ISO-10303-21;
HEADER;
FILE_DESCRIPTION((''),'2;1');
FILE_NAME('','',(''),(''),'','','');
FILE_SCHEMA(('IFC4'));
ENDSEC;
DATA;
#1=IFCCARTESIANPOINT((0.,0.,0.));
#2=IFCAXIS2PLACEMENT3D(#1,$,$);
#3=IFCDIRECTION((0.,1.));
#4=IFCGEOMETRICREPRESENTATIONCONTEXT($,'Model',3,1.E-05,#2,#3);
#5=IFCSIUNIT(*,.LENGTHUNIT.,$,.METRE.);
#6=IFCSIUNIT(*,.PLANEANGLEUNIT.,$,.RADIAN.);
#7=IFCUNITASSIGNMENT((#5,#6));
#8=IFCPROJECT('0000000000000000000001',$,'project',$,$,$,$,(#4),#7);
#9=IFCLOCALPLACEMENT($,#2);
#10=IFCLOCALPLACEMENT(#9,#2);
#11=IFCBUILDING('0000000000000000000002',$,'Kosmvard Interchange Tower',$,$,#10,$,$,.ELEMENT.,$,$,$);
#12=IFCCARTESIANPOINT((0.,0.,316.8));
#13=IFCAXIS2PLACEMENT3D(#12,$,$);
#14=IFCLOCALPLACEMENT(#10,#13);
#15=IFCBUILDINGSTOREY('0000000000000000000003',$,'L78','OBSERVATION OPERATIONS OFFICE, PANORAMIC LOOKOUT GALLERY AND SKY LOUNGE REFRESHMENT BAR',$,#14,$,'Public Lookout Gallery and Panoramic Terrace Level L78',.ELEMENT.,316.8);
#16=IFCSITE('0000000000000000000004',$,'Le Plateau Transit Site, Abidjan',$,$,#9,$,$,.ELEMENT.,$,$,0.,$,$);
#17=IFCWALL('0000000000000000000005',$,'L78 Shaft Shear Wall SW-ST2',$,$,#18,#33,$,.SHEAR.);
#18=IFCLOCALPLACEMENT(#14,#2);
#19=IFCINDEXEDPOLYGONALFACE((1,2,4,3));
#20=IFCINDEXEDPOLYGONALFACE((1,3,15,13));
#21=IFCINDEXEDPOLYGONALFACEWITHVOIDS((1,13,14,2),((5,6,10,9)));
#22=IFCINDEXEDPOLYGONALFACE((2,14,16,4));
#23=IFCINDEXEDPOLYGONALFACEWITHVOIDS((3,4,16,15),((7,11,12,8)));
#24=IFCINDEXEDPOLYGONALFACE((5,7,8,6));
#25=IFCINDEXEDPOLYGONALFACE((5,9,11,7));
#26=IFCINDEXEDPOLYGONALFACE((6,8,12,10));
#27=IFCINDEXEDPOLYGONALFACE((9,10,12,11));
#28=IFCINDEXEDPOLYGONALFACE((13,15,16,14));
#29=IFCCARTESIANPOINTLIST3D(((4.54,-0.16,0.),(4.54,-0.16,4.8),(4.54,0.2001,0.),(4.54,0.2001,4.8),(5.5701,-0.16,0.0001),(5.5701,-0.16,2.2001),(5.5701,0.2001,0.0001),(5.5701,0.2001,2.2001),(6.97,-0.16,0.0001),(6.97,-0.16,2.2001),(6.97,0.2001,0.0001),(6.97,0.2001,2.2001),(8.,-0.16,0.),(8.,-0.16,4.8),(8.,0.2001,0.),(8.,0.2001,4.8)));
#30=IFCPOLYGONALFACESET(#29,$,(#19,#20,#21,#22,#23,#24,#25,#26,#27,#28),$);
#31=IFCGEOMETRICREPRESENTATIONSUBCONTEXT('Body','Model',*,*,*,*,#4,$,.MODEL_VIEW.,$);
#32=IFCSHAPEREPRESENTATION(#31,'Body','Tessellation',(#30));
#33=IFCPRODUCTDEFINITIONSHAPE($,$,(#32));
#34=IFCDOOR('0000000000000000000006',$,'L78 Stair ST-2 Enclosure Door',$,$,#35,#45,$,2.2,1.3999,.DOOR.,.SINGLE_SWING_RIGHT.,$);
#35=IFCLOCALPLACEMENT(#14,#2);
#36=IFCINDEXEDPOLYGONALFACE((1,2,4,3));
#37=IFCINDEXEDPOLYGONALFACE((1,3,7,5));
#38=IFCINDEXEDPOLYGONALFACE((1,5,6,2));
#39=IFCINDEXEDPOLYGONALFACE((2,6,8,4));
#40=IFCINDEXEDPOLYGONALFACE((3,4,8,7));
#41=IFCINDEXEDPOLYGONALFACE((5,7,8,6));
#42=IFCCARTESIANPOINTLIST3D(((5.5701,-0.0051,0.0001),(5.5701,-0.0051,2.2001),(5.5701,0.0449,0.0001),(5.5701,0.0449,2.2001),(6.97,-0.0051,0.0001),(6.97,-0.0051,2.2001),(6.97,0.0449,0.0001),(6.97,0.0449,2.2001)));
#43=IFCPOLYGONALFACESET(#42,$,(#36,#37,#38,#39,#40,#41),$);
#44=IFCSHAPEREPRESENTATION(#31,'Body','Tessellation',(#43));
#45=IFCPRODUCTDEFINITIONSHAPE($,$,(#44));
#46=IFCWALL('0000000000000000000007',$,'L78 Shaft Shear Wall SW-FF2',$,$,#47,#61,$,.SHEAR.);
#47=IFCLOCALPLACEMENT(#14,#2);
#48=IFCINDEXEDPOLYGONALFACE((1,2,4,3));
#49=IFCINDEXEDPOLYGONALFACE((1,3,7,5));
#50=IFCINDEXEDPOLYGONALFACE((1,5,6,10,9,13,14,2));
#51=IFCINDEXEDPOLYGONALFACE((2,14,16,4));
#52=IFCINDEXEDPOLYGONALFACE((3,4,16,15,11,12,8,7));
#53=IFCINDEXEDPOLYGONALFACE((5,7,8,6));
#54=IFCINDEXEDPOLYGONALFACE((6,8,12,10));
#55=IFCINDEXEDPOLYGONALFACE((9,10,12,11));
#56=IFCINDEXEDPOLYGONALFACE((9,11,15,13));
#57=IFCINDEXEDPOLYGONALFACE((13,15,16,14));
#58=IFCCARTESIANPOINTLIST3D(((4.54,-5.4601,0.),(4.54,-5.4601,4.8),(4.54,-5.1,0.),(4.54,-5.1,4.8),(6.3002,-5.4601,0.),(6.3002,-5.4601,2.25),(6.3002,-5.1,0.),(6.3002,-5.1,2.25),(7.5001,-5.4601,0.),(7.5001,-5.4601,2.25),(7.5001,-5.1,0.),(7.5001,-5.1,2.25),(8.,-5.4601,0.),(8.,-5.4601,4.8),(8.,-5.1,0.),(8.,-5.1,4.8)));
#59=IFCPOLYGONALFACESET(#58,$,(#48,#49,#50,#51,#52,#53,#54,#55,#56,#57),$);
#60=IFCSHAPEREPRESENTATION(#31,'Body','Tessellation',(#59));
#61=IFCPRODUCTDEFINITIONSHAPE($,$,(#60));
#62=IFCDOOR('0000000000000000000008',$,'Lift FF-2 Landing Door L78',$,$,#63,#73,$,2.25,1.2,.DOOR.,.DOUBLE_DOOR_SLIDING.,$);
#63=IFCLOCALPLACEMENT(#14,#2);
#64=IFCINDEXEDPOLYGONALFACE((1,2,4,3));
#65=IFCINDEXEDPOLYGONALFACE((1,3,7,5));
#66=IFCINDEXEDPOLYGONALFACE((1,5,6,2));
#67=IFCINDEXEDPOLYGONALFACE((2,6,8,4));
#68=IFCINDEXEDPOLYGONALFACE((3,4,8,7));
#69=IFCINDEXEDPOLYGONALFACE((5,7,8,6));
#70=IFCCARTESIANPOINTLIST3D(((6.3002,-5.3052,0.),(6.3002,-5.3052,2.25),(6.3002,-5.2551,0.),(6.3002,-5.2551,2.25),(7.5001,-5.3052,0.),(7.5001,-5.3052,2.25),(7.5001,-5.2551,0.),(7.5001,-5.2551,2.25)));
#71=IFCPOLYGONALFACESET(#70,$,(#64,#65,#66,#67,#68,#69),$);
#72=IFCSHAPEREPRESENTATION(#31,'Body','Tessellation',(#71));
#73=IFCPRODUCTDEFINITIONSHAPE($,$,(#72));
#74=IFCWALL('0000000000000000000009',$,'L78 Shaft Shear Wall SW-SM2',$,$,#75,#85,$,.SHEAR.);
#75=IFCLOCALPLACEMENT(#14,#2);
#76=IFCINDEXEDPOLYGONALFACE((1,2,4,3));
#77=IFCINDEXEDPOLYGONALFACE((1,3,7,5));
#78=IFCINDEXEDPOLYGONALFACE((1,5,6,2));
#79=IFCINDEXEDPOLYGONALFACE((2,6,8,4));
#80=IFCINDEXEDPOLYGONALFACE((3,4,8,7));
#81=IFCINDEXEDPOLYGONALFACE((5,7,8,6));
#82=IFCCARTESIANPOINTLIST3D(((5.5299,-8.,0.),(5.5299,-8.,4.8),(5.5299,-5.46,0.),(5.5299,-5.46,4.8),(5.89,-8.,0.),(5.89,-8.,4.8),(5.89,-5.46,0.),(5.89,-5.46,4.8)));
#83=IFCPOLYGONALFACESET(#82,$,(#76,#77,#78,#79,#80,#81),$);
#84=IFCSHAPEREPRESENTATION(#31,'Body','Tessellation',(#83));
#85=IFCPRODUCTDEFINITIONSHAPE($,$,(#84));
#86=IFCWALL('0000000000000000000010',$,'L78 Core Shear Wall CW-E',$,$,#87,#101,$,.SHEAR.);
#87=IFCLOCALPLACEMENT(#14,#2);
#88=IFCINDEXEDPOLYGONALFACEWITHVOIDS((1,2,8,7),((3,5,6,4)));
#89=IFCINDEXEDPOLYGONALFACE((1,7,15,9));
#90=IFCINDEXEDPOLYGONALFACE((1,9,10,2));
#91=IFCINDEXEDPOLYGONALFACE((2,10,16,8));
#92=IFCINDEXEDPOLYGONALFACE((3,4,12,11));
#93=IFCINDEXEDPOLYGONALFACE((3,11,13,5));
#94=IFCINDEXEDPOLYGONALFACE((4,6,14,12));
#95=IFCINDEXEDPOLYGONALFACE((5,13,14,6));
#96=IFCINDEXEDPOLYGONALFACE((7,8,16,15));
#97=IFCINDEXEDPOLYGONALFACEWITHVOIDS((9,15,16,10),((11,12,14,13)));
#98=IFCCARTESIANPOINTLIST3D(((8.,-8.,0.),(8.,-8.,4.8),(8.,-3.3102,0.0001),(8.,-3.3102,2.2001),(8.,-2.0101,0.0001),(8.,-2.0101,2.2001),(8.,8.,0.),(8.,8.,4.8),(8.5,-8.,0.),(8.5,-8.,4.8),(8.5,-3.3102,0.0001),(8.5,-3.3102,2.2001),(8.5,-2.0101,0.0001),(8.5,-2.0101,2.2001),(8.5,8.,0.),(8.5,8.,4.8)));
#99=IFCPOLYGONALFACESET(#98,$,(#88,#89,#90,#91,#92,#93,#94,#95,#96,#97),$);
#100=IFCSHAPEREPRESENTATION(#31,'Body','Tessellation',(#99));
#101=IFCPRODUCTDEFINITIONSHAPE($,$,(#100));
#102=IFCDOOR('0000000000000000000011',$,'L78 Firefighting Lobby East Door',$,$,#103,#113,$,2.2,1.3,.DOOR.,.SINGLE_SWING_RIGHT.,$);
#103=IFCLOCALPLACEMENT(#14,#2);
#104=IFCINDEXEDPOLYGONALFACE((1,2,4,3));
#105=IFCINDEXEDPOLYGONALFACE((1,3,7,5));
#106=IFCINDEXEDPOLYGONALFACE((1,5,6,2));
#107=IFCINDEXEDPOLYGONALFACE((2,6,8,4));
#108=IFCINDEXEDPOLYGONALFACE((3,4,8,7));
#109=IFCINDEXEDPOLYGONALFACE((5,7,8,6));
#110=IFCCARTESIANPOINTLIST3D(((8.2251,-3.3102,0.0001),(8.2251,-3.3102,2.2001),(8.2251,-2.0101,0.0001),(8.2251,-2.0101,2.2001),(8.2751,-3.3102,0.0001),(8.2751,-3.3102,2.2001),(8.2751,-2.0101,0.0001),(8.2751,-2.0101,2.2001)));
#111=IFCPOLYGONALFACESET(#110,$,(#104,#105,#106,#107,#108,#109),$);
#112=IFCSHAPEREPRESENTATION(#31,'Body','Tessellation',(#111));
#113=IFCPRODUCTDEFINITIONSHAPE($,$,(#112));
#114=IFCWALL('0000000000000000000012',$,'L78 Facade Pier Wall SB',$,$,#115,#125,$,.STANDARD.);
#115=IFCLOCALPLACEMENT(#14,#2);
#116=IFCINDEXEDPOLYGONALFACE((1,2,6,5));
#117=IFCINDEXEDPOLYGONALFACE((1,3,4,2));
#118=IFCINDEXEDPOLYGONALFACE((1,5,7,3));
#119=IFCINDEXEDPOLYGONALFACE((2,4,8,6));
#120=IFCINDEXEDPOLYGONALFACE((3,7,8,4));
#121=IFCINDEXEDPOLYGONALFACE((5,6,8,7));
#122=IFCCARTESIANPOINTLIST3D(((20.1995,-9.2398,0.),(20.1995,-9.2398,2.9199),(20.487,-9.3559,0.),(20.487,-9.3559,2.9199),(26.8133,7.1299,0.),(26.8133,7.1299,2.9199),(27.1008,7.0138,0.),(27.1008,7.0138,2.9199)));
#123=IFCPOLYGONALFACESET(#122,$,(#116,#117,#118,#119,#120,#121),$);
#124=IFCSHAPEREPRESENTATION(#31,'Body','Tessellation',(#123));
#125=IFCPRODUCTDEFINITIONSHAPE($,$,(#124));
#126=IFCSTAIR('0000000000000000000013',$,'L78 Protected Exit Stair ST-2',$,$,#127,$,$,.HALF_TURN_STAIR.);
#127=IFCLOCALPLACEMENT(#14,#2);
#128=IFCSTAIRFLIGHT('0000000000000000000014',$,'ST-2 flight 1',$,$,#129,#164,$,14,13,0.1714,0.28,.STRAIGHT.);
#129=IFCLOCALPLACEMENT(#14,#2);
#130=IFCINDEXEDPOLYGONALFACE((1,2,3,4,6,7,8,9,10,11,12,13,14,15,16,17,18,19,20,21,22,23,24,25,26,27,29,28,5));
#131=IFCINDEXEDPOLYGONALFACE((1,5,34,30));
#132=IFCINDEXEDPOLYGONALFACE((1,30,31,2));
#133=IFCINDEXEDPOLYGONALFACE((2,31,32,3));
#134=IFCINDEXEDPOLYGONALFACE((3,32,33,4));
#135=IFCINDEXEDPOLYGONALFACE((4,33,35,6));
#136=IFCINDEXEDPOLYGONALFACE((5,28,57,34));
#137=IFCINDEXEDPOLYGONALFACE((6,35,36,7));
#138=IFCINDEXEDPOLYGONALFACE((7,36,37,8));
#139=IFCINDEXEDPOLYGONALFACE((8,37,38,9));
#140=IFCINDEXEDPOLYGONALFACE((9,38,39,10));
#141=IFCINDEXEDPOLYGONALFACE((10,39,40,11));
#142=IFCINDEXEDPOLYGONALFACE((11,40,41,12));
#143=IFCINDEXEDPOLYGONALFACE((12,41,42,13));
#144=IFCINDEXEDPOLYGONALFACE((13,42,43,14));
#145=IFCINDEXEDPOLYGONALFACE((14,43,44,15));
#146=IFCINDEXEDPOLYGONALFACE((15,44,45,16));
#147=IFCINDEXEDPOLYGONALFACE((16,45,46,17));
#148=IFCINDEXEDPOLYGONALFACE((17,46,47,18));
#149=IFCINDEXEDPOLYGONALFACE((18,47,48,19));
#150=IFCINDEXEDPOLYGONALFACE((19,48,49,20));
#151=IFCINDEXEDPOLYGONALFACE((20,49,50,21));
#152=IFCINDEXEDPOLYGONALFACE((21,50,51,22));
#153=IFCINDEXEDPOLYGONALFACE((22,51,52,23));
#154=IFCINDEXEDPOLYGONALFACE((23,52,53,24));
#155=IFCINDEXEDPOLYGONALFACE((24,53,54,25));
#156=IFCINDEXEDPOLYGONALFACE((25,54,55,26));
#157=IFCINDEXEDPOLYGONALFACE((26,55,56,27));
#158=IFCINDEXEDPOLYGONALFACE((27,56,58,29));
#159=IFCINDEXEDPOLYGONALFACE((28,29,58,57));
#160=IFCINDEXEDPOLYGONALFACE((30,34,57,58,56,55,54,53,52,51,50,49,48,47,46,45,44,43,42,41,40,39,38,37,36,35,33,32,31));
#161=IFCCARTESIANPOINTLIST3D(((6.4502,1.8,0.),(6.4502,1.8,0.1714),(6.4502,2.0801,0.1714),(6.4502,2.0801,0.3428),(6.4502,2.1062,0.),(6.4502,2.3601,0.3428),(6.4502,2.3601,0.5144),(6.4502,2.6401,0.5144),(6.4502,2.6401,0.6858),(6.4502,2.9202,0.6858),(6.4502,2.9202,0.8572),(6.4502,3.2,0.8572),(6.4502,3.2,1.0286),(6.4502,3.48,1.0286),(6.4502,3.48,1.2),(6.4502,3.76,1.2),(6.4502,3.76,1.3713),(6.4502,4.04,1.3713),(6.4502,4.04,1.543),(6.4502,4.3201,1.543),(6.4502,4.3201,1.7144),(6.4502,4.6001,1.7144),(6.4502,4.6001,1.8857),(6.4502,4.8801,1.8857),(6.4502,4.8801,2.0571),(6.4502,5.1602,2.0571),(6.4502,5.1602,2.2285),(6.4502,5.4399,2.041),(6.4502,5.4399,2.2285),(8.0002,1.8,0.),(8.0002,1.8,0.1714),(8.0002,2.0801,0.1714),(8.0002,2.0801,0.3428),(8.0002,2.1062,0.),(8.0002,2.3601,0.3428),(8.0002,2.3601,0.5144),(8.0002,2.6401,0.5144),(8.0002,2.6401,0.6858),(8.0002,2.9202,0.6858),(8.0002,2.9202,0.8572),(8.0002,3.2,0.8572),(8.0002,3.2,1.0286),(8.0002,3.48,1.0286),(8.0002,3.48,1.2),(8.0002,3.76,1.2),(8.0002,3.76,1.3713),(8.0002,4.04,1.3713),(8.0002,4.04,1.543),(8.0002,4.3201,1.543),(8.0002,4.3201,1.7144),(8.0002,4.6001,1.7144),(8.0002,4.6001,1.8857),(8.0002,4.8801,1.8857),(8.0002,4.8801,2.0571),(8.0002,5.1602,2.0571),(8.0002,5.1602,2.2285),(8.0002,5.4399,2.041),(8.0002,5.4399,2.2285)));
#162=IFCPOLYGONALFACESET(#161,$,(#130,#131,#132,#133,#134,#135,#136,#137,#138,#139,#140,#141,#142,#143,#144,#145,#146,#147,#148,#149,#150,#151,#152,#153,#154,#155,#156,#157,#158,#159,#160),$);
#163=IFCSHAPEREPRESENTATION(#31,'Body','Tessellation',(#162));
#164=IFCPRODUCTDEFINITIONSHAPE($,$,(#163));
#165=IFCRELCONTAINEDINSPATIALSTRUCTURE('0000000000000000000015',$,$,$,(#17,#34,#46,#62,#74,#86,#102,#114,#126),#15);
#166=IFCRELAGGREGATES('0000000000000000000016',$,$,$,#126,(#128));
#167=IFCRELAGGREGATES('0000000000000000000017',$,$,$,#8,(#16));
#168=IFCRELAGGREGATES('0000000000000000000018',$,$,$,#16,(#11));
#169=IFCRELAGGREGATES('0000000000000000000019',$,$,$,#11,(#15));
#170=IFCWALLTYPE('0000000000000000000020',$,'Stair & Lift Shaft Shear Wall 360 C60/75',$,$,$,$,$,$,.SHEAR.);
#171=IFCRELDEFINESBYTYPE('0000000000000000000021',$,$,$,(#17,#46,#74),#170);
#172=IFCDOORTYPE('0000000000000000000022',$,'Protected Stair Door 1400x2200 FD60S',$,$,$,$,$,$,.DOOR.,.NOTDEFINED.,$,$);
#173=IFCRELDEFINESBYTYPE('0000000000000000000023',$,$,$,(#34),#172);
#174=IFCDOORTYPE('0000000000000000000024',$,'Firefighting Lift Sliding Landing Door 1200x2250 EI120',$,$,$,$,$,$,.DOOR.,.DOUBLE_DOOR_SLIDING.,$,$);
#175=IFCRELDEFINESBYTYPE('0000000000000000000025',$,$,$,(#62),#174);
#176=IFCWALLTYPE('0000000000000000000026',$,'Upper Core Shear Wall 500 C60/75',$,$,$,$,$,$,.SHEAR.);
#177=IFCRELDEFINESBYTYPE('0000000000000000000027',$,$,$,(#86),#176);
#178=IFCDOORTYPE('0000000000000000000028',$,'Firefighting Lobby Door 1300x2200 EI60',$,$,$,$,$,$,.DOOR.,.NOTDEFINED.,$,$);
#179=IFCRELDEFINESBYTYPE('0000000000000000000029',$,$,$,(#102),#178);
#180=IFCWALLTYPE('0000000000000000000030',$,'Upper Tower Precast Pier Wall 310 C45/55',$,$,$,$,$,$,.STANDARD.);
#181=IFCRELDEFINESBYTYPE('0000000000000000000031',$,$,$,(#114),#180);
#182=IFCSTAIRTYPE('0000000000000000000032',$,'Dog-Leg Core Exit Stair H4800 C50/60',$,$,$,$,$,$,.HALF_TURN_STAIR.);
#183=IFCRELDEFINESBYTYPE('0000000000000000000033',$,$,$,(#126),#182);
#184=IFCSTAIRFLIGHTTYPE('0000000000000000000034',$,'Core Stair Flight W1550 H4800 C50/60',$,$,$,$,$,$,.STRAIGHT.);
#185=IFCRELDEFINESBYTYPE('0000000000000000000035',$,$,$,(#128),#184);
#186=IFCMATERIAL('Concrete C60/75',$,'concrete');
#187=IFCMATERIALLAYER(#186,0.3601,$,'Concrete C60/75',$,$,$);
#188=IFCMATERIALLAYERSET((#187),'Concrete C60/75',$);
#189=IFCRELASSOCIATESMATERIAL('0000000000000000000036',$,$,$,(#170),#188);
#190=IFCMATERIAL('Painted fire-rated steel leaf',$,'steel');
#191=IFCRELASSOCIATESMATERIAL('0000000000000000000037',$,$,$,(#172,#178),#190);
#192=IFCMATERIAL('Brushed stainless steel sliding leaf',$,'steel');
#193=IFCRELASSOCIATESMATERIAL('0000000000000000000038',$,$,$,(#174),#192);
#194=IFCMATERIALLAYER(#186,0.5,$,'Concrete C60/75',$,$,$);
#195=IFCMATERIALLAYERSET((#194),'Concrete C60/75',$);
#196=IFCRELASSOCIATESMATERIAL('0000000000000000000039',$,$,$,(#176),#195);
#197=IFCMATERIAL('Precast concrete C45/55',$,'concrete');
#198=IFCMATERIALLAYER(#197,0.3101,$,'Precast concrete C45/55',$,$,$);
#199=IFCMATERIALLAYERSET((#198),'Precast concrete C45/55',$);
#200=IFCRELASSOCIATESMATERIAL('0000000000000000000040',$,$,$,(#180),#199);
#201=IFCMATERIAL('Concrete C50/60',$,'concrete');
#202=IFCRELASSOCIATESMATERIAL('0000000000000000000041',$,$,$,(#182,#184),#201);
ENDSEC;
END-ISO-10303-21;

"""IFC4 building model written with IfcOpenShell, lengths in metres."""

from ifc_helpers import new_model, si_unit, direction, frame, frame_2d, origin, place, context, subcontext, project, spatial, polyline, rectangle, outline, extrude, source, transform, mapped, material, layer, layer_set, type_object, element, fill, aggregate, save


model = new_model("IFC4")

# Units and contexts
model_context = context("Model", 3, precision=1e-05, world=origin(), true_north=direction((0.0, 1.0)))
body_context = subcontext(model_context, "Body", "Model", "MODEL_VIEW")
ifc_project = project(units=[si_unit("LENGTHUNIT", "METRE"), si_unit("PLANEANGLEUNIT", "RADIAN")], contexts=[model_context])

# Site, building, storey
site_placement = place(None, origin())
site = spatial("IfcSite", under=ifc_project, at=site_placement, Name="Le Plateau Transit Site, Abidjan", CompositionType="ELEMENT", RefElevation=0.0)
building_placement = place(site_placement, origin())
building = spatial("IfcBuilding", under=site, at=building_placement, Name="Kosmvard Interchange Tower", CompositionType="ELEMENT")
storey_placement = place(building_placement, frame((0.0, 0.0, 316.8)))
storey = spatial("IfcBuildingStorey", under=building, at=storey_placement, Name="L78", Description="OBSERVATION OPERATIONS OFFICE, PANORAMIC LOOKOUT GALLERY AND SKY LOUNGE REFRESHMENT BAR", LongName="Public Lookout Gallery and Panoramic Terrace Level L78", CompositionType="ELEMENT", Elevation=316.8)

# Shared definitions
ifc_material_1 = material(Name="Concrete C50/60", Category="concrete")

# Shared definitions
ifc_material_2 = material(Name="Concrete C60/75", Category="concrete")
ifc_layer_1 = layer(ifc_material_2, 0.3601, Name="Concrete C60/75")
ifc_layer_set_1 = layer_set([ifc_layer_1], Name="Concrete C60/75")
wall_type_1 = type_object("IfcWallType", Name="Stair & Lift Shaft Shear Wall 360 C60/75", PredefinedType="SHEAR", material=ifc_layer_set_1)

# Walls, openings, doors
wall_1_placement = place(storey_placement, frame((4.54, 0.02, 0.0), z_axis=(0.0, 0.0, 1.0), x_axis=(1.0, 0.0, 0.0)))
wall_1 = element("IfcWall", 1, at=wall_1_placement, inside=storey, type_object=wall_type_1, Name="L78 Shaft Shear Wall SW-ST2", PredefinedType="SHEAR", context=body_context, shape_type="SweptSolid", body=[
    extrude(rectangle(XDim=3.46, YDim=0.3601, at=frame_2d((1.73, 0.0))), origin(), (0.0, 0.0, 1.0), 4.8),
])
opening_1_placement = place(wall_1_placement, frame((1.03, 0.0, 0.0)))
opening_1 = element("IfcOpeningElement", 2, at=opening_1_placement, cuts=wall_1, PredefinedType="OPENING", context=body_context, shape_type="SweptSolid", body=[
    extrude(rectangle(XDim=1.3999, YDim=2.2, at=frame_2d((0.7, 1.1001))), frame((0.0, 0.1899, 0.0), z_axis=(0.0, -1.0, 0.0), x_axis=(1.0, 0.0, 0.0)), (0.0, 0.0, 1.0), 0.3801),
])
ifc_material_3 = material(Name="Painted fire-rated steel leaf", Category="steel")
door_type_1 = type_object("IfcDoorType", Name="Protected Stair Door 1400x2200 FD60S", OperationType="NOTDEFINED", PredefinedType="DOOR", material=ifc_material_3)
shared_shape_1 = source(origin(), body_context, "Body", "SweptSolid", [
    extrude(rectangle(XDim=1.3999, YDim=2.2, at=frame_2d((0.7, 1.1001))), frame((0.0, 0.0249, 0.0), z_axis=(0.0, -1.0, 0.0), x_axis=(1.0, 0.0, 0.0)), (0.0, 0.0, 1.0), 0.05),
])
door_1_placement = place(opening_1_placement, origin())
door_1 = element("IfcDoor", 3, at=door_1_placement, inside=storey, type_object=door_type_1, Name="L78 Stair ST-2 Enclosure Door", OperationType="SINGLE_SWING_RIGHT", OverallHeight=2.2, OverallWidth=1.3999, PredefinedType="DOOR", context=body_context, shape_type="MappedRepresentation", body=[
    mapped(shared_shape_1, transform((0.0, 0.0, 0.0), scale=1.0)),
])
fill(opening_1, door_1)
wall_2_placement = place(storey_placement, frame((4.54, -5.28, 0.0), z_axis=(0.0, 0.0, 1.0), x_axis=(1.0, 0.0, 0.0)))
wall_2 = element("IfcWall", 4, at=wall_2_placement, inside=storey, type_object=wall_type_1, Name="L78 Shaft Shear Wall SW-FF2", PredefinedType="SHEAR", context=body_context, shape_type="SweptSolid", body=[
    extrude(rectangle(XDim=3.46, YDim=0.3601, at=frame_2d((1.73, 0.0))), origin(), (0.0, 0.0, 1.0), 4.8),
])
opening_2_placement = place(wall_2_placement, frame((1.76, 0.0, 0.0)))
opening_2 = element("IfcOpeningElement", 5, at=opening_2_placement, cuts=wall_2, PredefinedType="OPENING", context=body_context, shape_type="SweptSolid", body=[
    extrude(rectangle(XDim=1.2, YDim=2.25, at=frame_2d((0.6001, 1.125))), frame((0.0, 0.1899, 0.0), z_axis=(0.0, -1.0, 0.0), x_axis=(1.0, 0.0, 0.0)), (0.0, 0.0, 1.0), 0.3801),
])
ifc_material_4 = material(Name="Brushed stainless steel sliding leaf", Category="steel")
door_type_2 = type_object("IfcDoorType", Name="Firefighting Lift Sliding Landing Door 1200x2250 EI120", OperationType="DOUBLE_DOOR_SLIDING", PredefinedType="DOOR", material=ifc_material_4)
shared_shape_2 = source(origin(), body_context, "Body", "SweptSolid", [
    extrude(rectangle(XDim=1.2, YDim=2.25, at=frame_2d((0.6001, 1.125))), frame((0.0, 0.0249, 0.0), z_axis=(0.0, -1.0, 0.0), x_axis=(1.0, 0.0, 0.0)), (0.0, 0.0, 1.0), 0.05),
])
door_2_placement = place(opening_2_placement, origin())
door_2 = element("IfcDoor", 6, at=door_2_placement, inside=storey, type_object=door_type_2, Name="Lift FF-2 Landing Door L78", OperationType="DOUBLE_DOOR_SLIDING", OverallHeight=2.25, OverallWidth=1.2, PredefinedType="DOOR", context=body_context, shape_type="MappedRepresentation", body=[
    mapped(shared_shape_2, transform((0.0, 0.0, 0.0), scale=1.0)),
])
fill(opening_2, door_2)

# Wall
wall_3_placement = place(storey_placement, frame((5.71, -8.0, 0.0), z_axis=(0.0, 0.0, 1.0), x_axis=(0.0, 1.0, 0.0)))
element("IfcWall", 7, at=wall_3_placement, inside=storey, type_object=wall_type_1, Name="L78 Shaft Shear Wall SW-SM2", PredefinedType="SHEAR", context=body_context, shape_type="SweptSolid", body=[
    extrude(rectangle(XDim=2.54, YDim=0.3601, at=frame_2d((1.27, 0.0))), origin(), (0.0, 0.0, 1.0), 4.8),
])

# Wall, opening, door
ifc_layer_2 = layer(ifc_material_2, 0.5, Name="Concrete C60/75")
ifc_layer_set_2 = layer_set([ifc_layer_2], Name="Concrete C60/75")
wall_type_2 = type_object("IfcWallType", Name="Upper Core Shear Wall 500 C60/75", PredefinedType="SHEAR", material=ifc_layer_set_2)
wall_4_placement = place(storey_placement, frame((8.25, -8.0, 0.0), z_axis=(0.0, 0.0, 1.0), x_axis=(0.0, 1.0, 0.0)))
wall_4 = element("IfcWall", 8, at=wall_4_placement, inside=storey, type_object=wall_type_2, Name="L78 Core Shear Wall CW-E", PredefinedType="SHEAR", context=body_context, shape_type="SweptSolid", body=[
    extrude(rectangle(XDim=16.0, YDim=0.5, at=frame_2d((8.0, 0.0))), origin(), (0.0, 0.0, 1.0), 4.8),
])
opening_3_placement = place(wall_4_placement, frame((4.6899, 0.0, 0.0)))
opening_3 = element("IfcOpeningElement", 9, at=opening_3_placement, cuts=wall_4, PredefinedType="OPENING", context=body_context, shape_type="SweptSolid", body=[
    extrude(rectangle(XDim=1.3, YDim=2.2, at=frame_2d((0.6499, 1.1001))), frame((0.0, 0.26, 0.0), z_axis=(0.0, -1.0, 0.0), x_axis=(1.0, 0.0, 0.0)), (0.0, 0.0, 1.0), 0.52),
])
door_type_3 = type_object("IfcDoorType", Name="Firefighting Lobby Door 1300x2200 EI60", OperationType="NOTDEFINED", PredefinedType="DOOR", material=ifc_material_3)
shared_shape_3 = source(origin(), body_context, "Body", "SweptSolid", [
    extrude(rectangle(XDim=1.3, YDim=2.2, at=frame_2d((0.6499, 1.1001))), frame((0.0, 0.0249, 0.0), z_axis=(0.0, -1.0, 0.0), x_axis=(1.0, 0.0, 0.0)), (0.0, 0.0, 1.0), 0.05),
])
door_3_placement = place(opening_3_placement, origin())
door_3 = element("IfcDoor", 10, at=door_3_placement, inside=storey, type_object=door_type_3, Name="L78 Firefighting Lobby East Door", OperationType="SINGLE_SWING_RIGHT", OverallHeight=2.2, OverallWidth=1.3, PredefinedType="DOOR", context=body_context, shape_type="MappedRepresentation", body=[
    mapped(shared_shape_3, transform((0.0, 0.0, 0.0), scale=1.0)),
])
fill(opening_3, door_3)

# Wall
ifc_material_5 = material(Name="Precast concrete C45/55", Category="concrete")
ifc_layer_3 = layer(ifc_material_5, 0.3101, Name="Precast concrete C45/55")
ifc_layer_set_3 = layer_set([ifc_layer_3], Name="Precast concrete C45/55")
wall_type_3 = type_object("IfcWallType", Name="Upper Tower Precast Pier Wall 310 C45/55", PredefinedType="STANDARD", material=ifc_layer_set_3)
wall_5_placement = place(storey_placement, frame((20.3433, -9.2979, 0.0), z_axis=(0.0, 0.0, 1.0), x_axis=(0.374607, 0.927184, 0.0)))
element("IfcWall", 11, at=wall_5_placement, inside=storey, type_object=wall_type_3, Name="L78 Facade Pier Wall SB", PredefinedType="STANDARD", context=body_context, shape_type="SweptSolid", body=[
    extrude(rectangle(XDim=17.6553, YDim=0.3101, at=frame_2d((8.8276, 0.0))), origin(), (0.0, 0.0, 1.0), 2.9199),
])

# Stair, stair flight
stair_type = type_object("IfcStairType", Name="Dog-Leg Core Exit Stair H4800 C50/60", PredefinedType="HALF_TURN_STAIR", material=ifc_material_1)
stair_placement = place(storey_placement, origin())
stair = element("IfcStair", 12, at=stair_placement, inside=storey, type_object=stair_type, Name="L78 Protected Exit Stair ST-2", PredefinedType="HALF_TURN_STAIR")
stair_flight_type = type_object("IfcStairFlightType", Name="Core Stair Flight W1550 H4800 C50/60", PredefinedType="STRAIGHT", material=ifc_material_1)
shared_shape_4 = source(origin(), body_context, "Body", "SweptSolid", [
    extrude(outline(polyline([(0.0, 0.0), (0.0, 0.1714), (0.28, 0.1714), (0.28, 0.3428), (0.5601, 0.3428), (0.5601, 0.5144), (0.8401, 0.5144), (0.8401, 0.6858), (1.1201, 0.6858), (1.1201, 0.8572), (1.3999, 0.8572), (1.3999, 1.0286), (1.6799, 1.0286), (1.6799, 1.2), (1.96, 1.2), (1.96, 1.3713), (2.24, 1.3713), (2.24, 1.543), (2.52, 1.543), (2.52, 1.7144), (2.8, 1.7144), (2.8, 1.8857), (3.0801, 1.8857), (3.0801, 2.0571), (3.3601, 2.0571), (3.3601, 2.2285), (3.6399, 2.2285), (3.6399, 2.3999), (3.6399, 2.041), (0.3062, 0.0), (0.0, 0.0)])), frame((0.0, 0.7749, 0.0), z_axis=(0.0, -1.0, 0.0), x_axis=(1.0, 0.0, 0.0)), (0.0, 0.0, 1.0), 1.55),
])
stair_flight_placement = place(storey_placement, frame((7.2251, 1.8, 0.0), z_axis=(0.0, 0.0, 1.0), x_axis=(0.0, 1.0, 0.0)))
stair_flight = element("IfcStairFlight", 13, at=stair_flight_placement, type_object=stair_flight_type, Name="ST-2 flight 1", NumberOfRisers=14, NumberOfTreads=13, PredefinedType="STRAIGHT", RiserHeight=0.1714, TreadLength=0.28, context=body_context, shape_type="MappedRepresentation", body=[
    mapped(shared_shape_4, transform((0.0, 0.0, 0.0), scale=1.0)),
])
aggregate(stair, [stair_flight])

save(model, "model.ifc")
